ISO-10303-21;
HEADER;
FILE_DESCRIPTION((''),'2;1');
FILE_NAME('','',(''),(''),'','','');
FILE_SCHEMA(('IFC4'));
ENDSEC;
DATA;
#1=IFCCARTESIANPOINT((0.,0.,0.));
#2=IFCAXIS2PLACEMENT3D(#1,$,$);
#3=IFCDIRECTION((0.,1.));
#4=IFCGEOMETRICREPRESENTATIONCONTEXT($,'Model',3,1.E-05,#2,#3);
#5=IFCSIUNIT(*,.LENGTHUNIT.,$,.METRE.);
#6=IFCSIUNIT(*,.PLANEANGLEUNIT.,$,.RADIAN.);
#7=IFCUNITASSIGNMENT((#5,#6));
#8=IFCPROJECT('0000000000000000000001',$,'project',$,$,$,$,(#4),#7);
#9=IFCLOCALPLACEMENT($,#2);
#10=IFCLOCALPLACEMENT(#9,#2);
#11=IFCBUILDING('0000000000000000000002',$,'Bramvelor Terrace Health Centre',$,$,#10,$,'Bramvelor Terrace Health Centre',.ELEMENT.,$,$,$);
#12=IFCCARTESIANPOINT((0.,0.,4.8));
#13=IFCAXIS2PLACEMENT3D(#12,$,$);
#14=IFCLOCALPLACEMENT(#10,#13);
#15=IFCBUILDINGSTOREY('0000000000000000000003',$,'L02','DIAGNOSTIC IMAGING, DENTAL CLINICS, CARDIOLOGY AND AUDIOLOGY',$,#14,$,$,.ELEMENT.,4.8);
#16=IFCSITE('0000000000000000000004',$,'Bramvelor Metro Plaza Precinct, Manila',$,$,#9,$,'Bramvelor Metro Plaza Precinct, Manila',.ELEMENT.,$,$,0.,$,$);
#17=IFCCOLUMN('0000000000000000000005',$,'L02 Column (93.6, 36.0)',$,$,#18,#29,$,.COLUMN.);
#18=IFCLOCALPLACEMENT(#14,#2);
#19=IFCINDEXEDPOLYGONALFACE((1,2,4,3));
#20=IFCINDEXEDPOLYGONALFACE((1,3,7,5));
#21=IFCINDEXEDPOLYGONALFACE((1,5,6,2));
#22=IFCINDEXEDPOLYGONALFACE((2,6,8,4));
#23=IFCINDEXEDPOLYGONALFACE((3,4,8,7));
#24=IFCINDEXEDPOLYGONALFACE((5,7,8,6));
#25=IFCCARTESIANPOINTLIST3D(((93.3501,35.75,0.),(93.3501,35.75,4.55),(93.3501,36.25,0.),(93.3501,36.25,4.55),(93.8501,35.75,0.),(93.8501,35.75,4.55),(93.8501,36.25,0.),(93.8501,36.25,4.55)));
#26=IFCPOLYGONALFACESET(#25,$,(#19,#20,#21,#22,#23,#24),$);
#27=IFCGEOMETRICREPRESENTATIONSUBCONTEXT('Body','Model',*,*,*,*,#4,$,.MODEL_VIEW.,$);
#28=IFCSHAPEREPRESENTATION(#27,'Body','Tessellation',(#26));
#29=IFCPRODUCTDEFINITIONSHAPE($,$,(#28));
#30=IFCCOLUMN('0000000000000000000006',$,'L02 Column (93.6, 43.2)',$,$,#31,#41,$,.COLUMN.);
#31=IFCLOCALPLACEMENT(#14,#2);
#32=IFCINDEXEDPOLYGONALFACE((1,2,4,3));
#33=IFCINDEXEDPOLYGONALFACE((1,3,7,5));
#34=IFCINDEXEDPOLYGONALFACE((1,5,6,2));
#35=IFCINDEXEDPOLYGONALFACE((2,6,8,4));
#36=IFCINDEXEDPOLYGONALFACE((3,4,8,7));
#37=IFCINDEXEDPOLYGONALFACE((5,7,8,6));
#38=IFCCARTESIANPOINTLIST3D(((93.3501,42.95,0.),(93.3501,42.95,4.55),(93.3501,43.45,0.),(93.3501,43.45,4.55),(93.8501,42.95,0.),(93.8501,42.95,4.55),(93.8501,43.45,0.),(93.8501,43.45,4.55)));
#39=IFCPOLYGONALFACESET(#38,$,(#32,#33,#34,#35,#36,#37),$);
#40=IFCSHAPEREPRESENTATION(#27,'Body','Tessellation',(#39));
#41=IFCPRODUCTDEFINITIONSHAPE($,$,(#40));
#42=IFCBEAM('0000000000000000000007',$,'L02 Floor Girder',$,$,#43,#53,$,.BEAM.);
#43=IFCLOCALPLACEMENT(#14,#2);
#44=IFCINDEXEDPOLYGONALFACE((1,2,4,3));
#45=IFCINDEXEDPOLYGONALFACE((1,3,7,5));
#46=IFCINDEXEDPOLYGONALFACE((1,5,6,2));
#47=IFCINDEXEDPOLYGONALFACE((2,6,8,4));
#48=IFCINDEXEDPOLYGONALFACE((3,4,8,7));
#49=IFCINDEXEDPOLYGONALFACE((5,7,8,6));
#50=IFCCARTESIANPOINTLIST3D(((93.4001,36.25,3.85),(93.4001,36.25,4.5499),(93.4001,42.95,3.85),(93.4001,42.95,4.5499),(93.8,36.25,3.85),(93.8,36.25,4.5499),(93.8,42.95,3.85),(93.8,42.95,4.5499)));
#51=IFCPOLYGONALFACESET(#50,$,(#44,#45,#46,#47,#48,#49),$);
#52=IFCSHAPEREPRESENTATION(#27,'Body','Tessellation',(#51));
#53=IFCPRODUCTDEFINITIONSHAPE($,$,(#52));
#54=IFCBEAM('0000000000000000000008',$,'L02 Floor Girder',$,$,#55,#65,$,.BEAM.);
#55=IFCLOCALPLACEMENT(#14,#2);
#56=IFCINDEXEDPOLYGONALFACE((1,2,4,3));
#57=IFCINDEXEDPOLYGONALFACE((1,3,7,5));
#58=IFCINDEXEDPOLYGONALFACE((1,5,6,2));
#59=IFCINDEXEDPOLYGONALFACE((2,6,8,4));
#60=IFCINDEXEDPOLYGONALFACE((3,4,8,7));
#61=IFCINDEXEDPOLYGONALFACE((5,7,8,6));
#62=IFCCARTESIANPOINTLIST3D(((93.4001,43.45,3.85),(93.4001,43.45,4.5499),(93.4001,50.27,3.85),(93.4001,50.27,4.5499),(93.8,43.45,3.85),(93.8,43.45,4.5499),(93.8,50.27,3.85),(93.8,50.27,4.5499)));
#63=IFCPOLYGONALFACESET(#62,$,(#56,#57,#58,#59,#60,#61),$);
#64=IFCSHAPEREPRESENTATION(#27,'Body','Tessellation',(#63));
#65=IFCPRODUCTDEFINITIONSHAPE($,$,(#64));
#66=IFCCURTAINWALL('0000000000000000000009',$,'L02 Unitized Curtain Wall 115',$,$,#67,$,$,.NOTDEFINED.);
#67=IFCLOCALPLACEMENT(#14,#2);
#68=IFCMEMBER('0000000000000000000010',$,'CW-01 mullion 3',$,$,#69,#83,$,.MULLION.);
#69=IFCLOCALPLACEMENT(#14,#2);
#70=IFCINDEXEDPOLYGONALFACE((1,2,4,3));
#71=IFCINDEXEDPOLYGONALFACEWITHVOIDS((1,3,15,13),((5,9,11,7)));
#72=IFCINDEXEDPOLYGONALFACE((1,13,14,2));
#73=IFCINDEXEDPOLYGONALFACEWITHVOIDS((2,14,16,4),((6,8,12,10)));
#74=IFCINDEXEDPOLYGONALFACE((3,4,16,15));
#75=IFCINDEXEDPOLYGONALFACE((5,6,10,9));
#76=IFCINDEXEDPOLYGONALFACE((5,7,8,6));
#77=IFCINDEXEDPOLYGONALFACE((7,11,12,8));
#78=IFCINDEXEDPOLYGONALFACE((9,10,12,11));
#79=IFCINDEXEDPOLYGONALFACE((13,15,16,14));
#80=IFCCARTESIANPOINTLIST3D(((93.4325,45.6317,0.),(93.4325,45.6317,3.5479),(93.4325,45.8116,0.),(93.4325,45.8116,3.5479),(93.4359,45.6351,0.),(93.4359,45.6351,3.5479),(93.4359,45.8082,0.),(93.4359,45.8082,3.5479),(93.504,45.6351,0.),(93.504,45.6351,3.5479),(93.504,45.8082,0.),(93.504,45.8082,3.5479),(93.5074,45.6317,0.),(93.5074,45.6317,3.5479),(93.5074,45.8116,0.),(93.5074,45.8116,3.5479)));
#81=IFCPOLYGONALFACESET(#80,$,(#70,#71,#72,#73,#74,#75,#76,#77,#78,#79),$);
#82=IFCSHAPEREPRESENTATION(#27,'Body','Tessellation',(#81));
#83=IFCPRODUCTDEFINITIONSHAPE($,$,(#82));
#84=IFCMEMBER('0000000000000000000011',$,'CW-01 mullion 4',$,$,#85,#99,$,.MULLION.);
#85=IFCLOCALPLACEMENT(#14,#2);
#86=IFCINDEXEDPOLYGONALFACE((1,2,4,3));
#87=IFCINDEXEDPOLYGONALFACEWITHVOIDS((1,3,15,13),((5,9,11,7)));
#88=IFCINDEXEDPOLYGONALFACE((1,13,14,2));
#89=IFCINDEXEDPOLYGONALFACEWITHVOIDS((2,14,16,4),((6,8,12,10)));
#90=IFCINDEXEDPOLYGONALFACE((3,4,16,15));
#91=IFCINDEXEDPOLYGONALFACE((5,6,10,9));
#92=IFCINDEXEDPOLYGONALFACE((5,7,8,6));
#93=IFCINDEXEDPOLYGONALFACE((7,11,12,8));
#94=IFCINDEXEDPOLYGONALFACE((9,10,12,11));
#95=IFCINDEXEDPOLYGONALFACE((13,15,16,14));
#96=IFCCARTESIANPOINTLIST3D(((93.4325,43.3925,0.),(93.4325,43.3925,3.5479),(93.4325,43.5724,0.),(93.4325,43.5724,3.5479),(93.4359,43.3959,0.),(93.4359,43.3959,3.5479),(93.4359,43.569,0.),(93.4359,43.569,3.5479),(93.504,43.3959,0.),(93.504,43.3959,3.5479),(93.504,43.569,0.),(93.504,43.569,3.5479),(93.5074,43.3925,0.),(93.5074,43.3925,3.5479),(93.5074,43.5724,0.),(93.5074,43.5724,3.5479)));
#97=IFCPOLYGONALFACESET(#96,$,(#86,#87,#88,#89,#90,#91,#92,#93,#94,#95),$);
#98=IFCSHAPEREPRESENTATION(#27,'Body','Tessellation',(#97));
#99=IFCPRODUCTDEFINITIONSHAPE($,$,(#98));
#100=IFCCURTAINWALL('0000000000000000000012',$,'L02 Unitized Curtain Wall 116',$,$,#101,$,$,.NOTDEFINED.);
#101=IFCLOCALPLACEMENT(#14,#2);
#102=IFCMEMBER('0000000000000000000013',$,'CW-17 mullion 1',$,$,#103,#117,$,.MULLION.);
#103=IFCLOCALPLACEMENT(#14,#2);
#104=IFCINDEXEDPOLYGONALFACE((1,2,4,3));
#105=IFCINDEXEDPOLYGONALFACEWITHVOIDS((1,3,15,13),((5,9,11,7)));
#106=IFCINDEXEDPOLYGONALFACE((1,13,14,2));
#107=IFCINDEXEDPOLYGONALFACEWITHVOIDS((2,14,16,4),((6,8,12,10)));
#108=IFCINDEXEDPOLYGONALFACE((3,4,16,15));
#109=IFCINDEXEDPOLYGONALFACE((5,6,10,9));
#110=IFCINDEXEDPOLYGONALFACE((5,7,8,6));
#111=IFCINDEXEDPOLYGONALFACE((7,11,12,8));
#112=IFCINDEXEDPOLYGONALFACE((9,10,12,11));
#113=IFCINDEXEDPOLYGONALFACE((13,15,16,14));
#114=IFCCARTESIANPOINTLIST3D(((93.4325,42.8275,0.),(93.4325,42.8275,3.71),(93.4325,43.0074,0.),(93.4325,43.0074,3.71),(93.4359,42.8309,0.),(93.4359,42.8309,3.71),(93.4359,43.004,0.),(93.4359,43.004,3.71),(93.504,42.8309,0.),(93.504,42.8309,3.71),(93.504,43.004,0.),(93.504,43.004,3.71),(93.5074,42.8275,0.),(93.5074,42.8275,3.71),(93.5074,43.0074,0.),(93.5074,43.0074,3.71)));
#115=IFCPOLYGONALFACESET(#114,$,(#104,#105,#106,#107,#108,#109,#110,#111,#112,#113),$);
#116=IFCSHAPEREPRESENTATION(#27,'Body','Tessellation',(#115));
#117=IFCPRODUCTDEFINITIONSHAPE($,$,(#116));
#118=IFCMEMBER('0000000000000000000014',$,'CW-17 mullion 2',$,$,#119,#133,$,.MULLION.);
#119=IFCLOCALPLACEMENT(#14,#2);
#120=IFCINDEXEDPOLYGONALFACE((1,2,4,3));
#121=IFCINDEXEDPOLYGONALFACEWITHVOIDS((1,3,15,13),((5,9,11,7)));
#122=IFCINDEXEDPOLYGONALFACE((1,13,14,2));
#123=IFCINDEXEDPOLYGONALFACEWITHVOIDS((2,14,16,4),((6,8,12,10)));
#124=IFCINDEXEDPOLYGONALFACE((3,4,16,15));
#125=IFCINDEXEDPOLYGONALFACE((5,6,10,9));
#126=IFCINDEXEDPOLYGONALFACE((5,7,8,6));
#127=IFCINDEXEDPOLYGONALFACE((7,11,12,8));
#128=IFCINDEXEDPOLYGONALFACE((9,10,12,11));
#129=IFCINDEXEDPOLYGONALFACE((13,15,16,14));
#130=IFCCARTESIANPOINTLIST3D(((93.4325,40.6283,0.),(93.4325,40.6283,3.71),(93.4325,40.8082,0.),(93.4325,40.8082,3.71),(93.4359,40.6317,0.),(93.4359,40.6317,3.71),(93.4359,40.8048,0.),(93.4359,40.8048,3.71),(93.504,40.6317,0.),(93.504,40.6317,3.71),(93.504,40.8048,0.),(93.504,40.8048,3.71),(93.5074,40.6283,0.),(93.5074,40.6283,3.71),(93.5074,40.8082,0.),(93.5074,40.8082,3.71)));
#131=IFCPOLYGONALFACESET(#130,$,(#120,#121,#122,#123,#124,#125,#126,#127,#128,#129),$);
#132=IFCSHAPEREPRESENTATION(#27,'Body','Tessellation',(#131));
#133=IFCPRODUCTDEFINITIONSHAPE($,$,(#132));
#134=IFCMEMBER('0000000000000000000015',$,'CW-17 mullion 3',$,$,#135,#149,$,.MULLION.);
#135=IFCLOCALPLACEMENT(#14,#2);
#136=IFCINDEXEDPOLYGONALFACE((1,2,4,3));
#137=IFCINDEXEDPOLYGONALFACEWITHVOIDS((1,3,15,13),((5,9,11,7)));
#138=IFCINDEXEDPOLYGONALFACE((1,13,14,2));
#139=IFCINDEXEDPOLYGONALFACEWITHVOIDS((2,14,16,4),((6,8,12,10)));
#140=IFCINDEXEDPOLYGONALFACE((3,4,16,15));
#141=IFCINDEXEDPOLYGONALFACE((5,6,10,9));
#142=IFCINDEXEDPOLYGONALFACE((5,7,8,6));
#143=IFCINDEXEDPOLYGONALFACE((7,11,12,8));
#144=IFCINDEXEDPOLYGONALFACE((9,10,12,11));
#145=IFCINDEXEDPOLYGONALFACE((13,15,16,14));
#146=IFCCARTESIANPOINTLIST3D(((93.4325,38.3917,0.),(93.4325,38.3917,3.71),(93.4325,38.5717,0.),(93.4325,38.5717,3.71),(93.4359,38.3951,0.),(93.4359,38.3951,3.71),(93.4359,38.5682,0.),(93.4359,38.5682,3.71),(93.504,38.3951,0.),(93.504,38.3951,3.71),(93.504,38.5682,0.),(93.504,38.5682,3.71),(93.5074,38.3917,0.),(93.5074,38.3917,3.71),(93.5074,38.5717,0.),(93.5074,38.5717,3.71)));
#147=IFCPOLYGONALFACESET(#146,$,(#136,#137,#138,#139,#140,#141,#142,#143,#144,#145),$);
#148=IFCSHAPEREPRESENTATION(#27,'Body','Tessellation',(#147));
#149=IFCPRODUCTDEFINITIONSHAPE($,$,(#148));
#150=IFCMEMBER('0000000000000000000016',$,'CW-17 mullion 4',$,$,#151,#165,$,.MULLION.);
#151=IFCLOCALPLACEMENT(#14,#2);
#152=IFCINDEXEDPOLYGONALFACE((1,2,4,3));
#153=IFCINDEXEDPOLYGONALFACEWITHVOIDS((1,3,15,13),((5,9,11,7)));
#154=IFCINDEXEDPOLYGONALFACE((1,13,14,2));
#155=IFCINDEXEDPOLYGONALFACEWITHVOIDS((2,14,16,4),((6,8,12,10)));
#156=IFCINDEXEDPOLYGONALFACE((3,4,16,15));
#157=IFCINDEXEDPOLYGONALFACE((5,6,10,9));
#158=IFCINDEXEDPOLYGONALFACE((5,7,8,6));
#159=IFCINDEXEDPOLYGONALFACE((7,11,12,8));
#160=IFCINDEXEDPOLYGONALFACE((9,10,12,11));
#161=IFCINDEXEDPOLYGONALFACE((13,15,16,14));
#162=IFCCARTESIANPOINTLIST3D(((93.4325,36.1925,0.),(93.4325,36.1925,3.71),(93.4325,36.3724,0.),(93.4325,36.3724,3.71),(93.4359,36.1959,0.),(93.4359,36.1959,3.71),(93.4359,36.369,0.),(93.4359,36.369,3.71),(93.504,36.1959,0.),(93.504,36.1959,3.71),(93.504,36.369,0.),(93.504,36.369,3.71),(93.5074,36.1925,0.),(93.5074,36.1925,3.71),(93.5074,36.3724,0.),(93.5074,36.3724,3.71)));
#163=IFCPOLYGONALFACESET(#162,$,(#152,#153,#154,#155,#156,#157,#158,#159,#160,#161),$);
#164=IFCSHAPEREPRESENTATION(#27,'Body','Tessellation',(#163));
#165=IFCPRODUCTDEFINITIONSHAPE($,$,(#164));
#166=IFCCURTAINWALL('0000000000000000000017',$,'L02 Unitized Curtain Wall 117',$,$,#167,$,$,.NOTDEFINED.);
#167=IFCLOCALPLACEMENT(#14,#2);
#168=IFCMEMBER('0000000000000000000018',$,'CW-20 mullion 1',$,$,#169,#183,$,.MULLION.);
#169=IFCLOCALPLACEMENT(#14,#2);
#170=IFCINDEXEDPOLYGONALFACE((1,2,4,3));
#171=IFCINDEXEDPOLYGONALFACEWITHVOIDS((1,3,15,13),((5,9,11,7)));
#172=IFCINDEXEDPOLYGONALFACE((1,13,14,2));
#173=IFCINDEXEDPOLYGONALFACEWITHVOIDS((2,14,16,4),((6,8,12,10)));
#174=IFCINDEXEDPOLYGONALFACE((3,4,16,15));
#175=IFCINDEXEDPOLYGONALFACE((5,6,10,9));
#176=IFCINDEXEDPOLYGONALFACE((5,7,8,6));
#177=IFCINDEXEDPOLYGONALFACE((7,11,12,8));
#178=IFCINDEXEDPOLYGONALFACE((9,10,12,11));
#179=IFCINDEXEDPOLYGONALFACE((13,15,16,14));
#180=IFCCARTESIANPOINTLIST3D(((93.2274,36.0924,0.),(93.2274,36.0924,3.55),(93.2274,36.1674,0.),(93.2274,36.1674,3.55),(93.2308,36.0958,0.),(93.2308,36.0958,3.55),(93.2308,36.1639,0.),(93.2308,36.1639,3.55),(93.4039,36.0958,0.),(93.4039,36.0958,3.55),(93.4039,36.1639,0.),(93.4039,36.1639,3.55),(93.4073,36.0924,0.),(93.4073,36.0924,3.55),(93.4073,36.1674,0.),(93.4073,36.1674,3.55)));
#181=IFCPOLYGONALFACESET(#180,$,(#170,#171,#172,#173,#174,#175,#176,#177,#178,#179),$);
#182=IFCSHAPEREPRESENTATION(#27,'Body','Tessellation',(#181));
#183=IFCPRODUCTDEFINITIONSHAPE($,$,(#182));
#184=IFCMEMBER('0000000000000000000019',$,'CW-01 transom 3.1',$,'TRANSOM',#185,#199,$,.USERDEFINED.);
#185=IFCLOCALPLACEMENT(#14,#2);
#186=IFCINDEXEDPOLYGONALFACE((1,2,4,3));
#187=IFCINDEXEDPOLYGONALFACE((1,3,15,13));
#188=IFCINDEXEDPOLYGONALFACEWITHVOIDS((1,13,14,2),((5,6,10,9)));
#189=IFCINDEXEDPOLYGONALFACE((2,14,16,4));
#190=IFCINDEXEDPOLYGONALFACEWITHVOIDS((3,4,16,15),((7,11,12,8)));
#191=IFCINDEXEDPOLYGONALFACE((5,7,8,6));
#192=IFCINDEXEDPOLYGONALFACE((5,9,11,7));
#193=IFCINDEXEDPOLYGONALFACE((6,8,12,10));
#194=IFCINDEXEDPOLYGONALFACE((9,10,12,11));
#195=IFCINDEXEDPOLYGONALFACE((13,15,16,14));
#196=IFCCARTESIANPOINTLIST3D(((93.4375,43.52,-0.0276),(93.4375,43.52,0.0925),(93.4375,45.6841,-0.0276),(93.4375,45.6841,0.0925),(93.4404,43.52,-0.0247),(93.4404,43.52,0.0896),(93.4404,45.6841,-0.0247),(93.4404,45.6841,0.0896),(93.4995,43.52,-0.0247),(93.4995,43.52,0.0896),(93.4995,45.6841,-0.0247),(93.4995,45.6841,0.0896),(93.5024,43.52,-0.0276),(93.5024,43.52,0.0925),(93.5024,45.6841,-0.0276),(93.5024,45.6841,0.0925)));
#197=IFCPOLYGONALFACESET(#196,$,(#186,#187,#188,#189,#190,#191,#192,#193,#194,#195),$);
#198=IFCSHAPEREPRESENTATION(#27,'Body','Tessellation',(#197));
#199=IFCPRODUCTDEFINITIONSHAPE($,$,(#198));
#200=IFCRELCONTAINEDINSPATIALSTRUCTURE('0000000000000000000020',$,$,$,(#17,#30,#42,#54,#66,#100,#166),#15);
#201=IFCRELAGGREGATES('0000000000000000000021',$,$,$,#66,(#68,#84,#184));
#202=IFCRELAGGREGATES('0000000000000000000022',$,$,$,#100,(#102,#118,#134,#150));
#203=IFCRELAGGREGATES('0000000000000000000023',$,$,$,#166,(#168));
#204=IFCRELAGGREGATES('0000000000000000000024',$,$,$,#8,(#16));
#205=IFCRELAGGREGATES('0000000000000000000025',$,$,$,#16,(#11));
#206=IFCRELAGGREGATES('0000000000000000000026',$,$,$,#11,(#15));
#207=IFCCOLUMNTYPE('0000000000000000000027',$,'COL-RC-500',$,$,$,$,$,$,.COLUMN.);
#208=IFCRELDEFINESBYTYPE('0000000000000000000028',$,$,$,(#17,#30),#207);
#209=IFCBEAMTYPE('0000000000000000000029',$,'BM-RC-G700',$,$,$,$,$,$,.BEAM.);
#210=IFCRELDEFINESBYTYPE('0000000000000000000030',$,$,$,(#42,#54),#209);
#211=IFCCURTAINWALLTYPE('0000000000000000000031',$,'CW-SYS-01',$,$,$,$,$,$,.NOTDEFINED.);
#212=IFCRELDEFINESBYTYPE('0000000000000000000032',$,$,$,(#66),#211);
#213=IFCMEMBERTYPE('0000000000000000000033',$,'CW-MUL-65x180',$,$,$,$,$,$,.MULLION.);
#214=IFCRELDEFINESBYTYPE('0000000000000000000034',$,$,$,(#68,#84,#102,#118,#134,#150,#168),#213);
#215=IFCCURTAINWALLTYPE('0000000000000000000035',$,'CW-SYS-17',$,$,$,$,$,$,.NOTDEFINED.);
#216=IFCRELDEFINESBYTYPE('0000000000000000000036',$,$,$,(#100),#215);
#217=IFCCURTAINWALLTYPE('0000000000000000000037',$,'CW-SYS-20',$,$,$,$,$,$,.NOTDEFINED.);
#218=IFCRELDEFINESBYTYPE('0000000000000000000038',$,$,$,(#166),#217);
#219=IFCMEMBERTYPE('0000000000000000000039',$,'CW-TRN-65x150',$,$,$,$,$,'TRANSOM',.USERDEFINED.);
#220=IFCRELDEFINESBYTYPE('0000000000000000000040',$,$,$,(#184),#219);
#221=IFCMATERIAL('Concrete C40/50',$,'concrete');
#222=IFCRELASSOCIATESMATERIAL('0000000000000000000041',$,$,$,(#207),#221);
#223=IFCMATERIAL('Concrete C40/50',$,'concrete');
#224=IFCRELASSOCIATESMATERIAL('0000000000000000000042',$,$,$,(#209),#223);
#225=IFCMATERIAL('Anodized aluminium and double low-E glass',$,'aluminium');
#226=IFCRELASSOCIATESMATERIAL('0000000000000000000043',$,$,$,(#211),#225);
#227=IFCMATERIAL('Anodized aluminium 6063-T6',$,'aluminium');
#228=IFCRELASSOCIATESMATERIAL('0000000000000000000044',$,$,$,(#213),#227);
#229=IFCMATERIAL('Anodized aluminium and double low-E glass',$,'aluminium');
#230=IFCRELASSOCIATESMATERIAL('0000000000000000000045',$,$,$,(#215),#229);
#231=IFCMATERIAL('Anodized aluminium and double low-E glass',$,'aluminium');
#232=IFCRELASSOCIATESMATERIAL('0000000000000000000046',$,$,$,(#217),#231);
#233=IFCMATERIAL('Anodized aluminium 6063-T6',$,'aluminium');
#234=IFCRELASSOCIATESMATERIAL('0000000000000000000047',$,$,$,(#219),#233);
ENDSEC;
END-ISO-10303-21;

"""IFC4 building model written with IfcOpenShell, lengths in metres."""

from ifc_helpers import new_model, si_unit, direction, frame, origin, origin_2d, place, context, subcontext, project, spatial, rectangle, hollow_rectangle, extrude, material, material_profile, profile_set, type_object, element, aggregate, save


model = new_model("IFC4")

# Units and contexts
model_context = context("Model", 3, precision=1e-05, world=origin(), true_north=direction((0.0, 1.0)))
body_context = subcontext(model_context, "Body", "Model", "MODEL_VIEW")
ifc_project = project(units=[si_unit("LENGTHUNIT", "METRE"), si_unit("PLANEANGLEUNIT", "RADIAN")], contexts=[model_context])

# Site, building, storey
site_placement = place(None, origin())
site = spatial("IfcSite", under=ifc_project, at=site_placement, Name="Bramvelor Metro Plaza Precinct, Manila", LongName="Bramvelor Metro Plaza Precinct, Manila", CompositionType="ELEMENT", RefElevation=0.0)
building_placement = place(site_placement, origin())
building = spatial("IfcBuilding", under=site, at=building_placement, Name="Bramvelor Terrace Health Centre", LongName="Bramvelor Terrace Health Centre", CompositionType="ELEMENT")
storey_placement = place(building_placement, frame((0.0, 0.0, 4.8)))
storey = spatial("IfcBuildingStorey", under=building, at=storey_placement, Name="L02", Description="DIAGNOSTIC IMAGING, DENTAL CLINICS, CARDIOLOGY AND AUDIOLOGY", CompositionType="ELEMENT", Elevation=4.8)

# Columns
ifc_material_1 = material(Name="Concrete C40/50", Category="concrete")
ifc_material_profile_1 = material_profile(ifc_material_1, rectangle(XDim=0.5, YDim=0.5, at=origin_2d()), Name="RC 500x500")
ifc_profile_set_1 = profile_set([ifc_material_profile_1], Name="Concrete C40/50")
column_type = type_object("IfcColumnType", Name="COL-RC-500", PredefinedType="COLUMN", material=ifc_profile_set_1)
for number, where, z_axis, x_axis, name in (
    (1, (93.6001, 36.0, 0.0), (0.0, 0.0, 1.0), (1.0, 0.0, 0.0), "L02 Column (93.6, 36.0)"),
    (2, (93.6001, 43.2, 0.0), (0.0, 0.0, 1.0), (1.0, 0.0, 0.0), "L02 Column (93.6, 43.2)"),
):
    element("IfcColumn", number, at=place(storey_placement, frame(where, z_axis=z_axis, x_axis=x_axis)), inside=storey, type_object=column_type, Name=name, PredefinedType="COLUMN", context=body_context, shape_type="SweptSolid", body=[
        extrude(rectangle(XDim=0.5, YDim=0.5, at=origin_2d()), origin(), (0.0, 0.0, 1.0), 4.55),
    ])

# Beams
ifc_material_2 = material(Name="Concrete C40/50", Category="concrete")
ifc_material_profile_2 = material_profile(ifc_material_2, rectangle(XDim=0.3999, YDim=0.7, at=origin_2d()), Name="RC 400x700")
ifc_profile_set_2 = profile_set([ifc_material_profile_2], Name="Concrete C40/50")
beam_type = type_object("IfcBeamType", Name="BM-RC-G700", PredefinedType="BEAM", material=ifc_profile_set_2)
beam_1_placement = place(storey_placement, frame((93.6001, 36.25, 4.2), z_axis=(0.0, 1.0, 0.0), x_axis=(-1.0, 0.0, 0.0)))
element("IfcBeam", 3, at=beam_1_placement, inside=storey, type_object=beam_type, Name="L02 Floor Girder", PredefinedType="BEAM", context=body_context, shape_type="SweptSolid", body=[
    extrude(rectangle(XDim=0.3999, YDim=0.7, at=origin_2d()), origin(), (0.0, 0.0, 1.0), 6.7),
])
beam_2_placement = place(storey_placement, frame((93.6001, 43.45, 4.2), z_axis=(0.0, 1.0, 0.0), x_axis=(-1.0, 0.0, 0.0)))
element("IfcBeam", 4, at=beam_2_placement, inside=storey, type_object=beam_type, Name="L02 Floor Girder", PredefinedType="BEAM", context=body_context, shape_type="SweptSolid", body=[
    extrude(rectangle(XDim=0.3999, YDim=0.7, at=origin_2d()), origin(), (0.0, 0.0, 1.0), 6.8201),
])

# Curtain walls, members
ifc_material_3 = material(Name="Anodized aluminium and double low-E glass", Category="aluminium")
curtain_wall_type_1 = type_object("IfcCurtainWallType", Name="CW-SYS-01", PredefinedType="NOTDEFINED", material=ifc_material_3)
curtain_wall_1_placement = place(storey_placement, origin())
curtain_wall_1 = element("IfcCurtainWall", 5, at=curtain_wall_1_placement, inside=storey, type_object=curtain_wall_type_1, Name="L02 Unitized Curtain Wall 115", PredefinedType="NOTDEFINED")
ifc_material_4 = material(Name="Anodized aluminium 6063-T6", Category="aluminium")
ifc_material_profile_3 = material_profile(ifc_material_4, hollow_rectangle(XDim=0.075, YDim=0.1799, WallThickness=0.0034, at=origin_2d()), Name="ALU-MUL 75x180x3.5")
ifc_profile_set_3 = profile_set([ifc_material_profile_3], Name="Anodized aluminium 6063-T6")
member_type_1 = type_object("IfcMemberType", Name="CW-MUL-65x180", PredefinedType="MULLION", material=ifc_profile_set_3)
member_1_placement = place(storey_placement, frame((93.47, 45.7217, 0.0), z_axis=(0.0, 0.0, 1.0), x_axis=(1.0, 0.0, 0.0)))
member_1 = element("IfcMember", 6, at=member_1_placement, type_object=member_type_1, Name="CW-01 mullion 3", PredefinedType="MULLION", context=body_context, shape_type="SweptSolid", body=[
    extrude(hollow_rectangle(XDim=0.075, YDim=0.1799, WallThickness=0.0034, at=origin_2d()), origin(), (0.0, 0.0, 1.0), 3.5479),
])
member_2_placement = place(storey_placement, frame((93.47, 43.4824, 0.0), z_axis=(0.0, 0.0, 1.0), x_axis=(1.0, 0.0, 0.0)))
member_2 = element("IfcMember", 7, at=member_2_placement, type_object=member_type_1, Name="CW-01 mullion 4", PredefinedType="MULLION", context=body_context, shape_type="SweptSolid", body=[
    extrude(hollow_rectangle(XDim=0.075, YDim=0.1799, WallThickness=0.0034, at=origin_2d()), origin(), (0.0, 0.0, 1.0), 3.5479),
])
ifc_material_5 = material(Name="Anodized aluminium and double low-E glass", Category="aluminium")
curtain_wall_type_2 = type_object("IfcCurtainWallType", Name="CW-SYS-17", PredefinedType="NOTDEFINED", material=ifc_material_5)
curtain_wall_2_placement = place(storey_placement, origin())
curtain_wall_2 = element("IfcCurtainWall", 8, at=curtain_wall_2_placement, inside=storey, type_object=curtain_wall_type_2, Name="L02 Unitized Curtain Wall 116", PredefinedType="NOTDEFINED")
member_3_placement = place(storey_placement, frame((93.47, 42.9175, 0.0), z_axis=(0.0, 0.0, 1.0), x_axis=(1.0, 0.0, 0.0)))
member_3 = element("IfcMember", 9, at=member_3_placement, type_object=member_type_1, Name="CW-17 mullion 1", PredefinedType="MULLION", context=body_context, shape_type="SweptSolid", body=[
    extrude(hollow_rectangle(XDim=0.075, YDim=0.1799, WallThickness=0.0034, at=origin_2d()), origin(), (0.0, 0.0, 1.0), 3.71),
])
member_4_placement = place(storey_placement, frame((93.47, 40.7183, 0.0), z_axis=(0.0, 0.0, 1.0), x_axis=(1.0, 0.0, 0.0)))
member_4 = element("IfcMember", 10, at=member_4_placement, type_object=member_type_1, Name="CW-17 mullion 2", PredefinedType="MULLION", context=body_context, shape_type="SweptSolid", body=[
    extrude(hollow_rectangle(XDim=0.075, YDim=0.1799, WallThickness=0.0034, at=origin_2d()), origin(), (0.0, 0.0, 1.0), 3.71),
])
member_5_placement = place(storey_placement, frame((93.47, 38.4817, 0.0), z_axis=(0.0, 0.0, 1.0), x_axis=(1.0, 0.0, 0.0)))
member_5 = element("IfcMember", 11, at=member_5_placement, type_object=member_type_1, Name="CW-17 mullion 3", PredefinedType="MULLION", context=body_context, shape_type="SweptSolid", body=[
    extrude(hollow_rectangle(XDim=0.075, YDim=0.1799, WallThickness=0.0034, at=origin_2d()), origin(), (0.0, 0.0, 1.0), 3.71),
])
member_6_placement = place(storey_placement, frame((93.47, 36.2825, 0.0), z_axis=(0.0, 0.0, 1.0), x_axis=(1.0, 0.0, 0.0)))
member_6 = element("IfcMember", 12, at=member_6_placement, type_object=member_type_1, Name="CW-17 mullion 4", PredefinedType="MULLION", context=body_context, shape_type="SweptSolid", body=[
    extrude(hollow_rectangle(XDim=0.075, YDim=0.1799, WallThickness=0.0034, at=origin_2d()), origin(), (0.0, 0.0, 1.0), 3.71),
])

# Curtain wall, member
ifc_material_6 = material(Name="Anodized aluminium and double low-E glass", Category="aluminium")
curtain_wall_type_3 = type_object("IfcCurtainWallType", Name="CW-SYS-20", PredefinedType="NOTDEFINED", material=ifc_material_6)
curtain_wall_3_placement = place(storey_placement, origin())
curtain_wall_3 = element("IfcCurtainWall", 13, at=curtain_wall_3_placement, inside=storey, type_object=curtain_wall_type_3, Name="L02 Unitized Curtain Wall 117", PredefinedType="NOTDEFINED")
member_7_placement = place(storey_placement, frame((93.3174, 36.1299, 0.0), z_axis=(0.0, 0.0, 1.0), x_axis=(0.0, -1.0, 0.0)))
member_7 = element("IfcMember", 14, at=member_7_placement, type_object=member_type_1, Name="CW-20 mullion 1", PredefinedType="MULLION", context=body_context, shape_type="SweptSolid", body=[
    extrude(hollow_rectangle(XDim=0.075, YDim=0.1799, WallThickness=0.0034, at=origin_2d()), origin(), (0.0, 0.0, 1.0), 3.55),
])

# Member
ifc_material_7 = material(Name="Anodized aluminium 6063-T6", Category="aluminium")
ifc_material_profile_4 = material_profile(ifc_material_7, hollow_rectangle(XDim=0.0649, YDim=0.1201, WallThickness=0.0029, at=origin_2d()), Name="ALU-TRN 65x120x3.0")
ifc_profile_set_4 = profile_set([ifc_material_profile_4], Name="Anodized aluminium 6063-T6")
member_type_2 = type_object("IfcMemberType", Name="CW-TRN-65x150", ElementType="TRANSOM", PredefinedType="USERDEFINED", material=ifc_profile_set_4)
member_8_placement = place(storey_placement, frame((93.47, 45.6841, 0.0325), z_axis=(0.0, -1.0, 0.0), x_axis=(1.0, 0.0, 0.0)))
member_8 = element("IfcMember", 15, at=member_8_placement, type_object=member_type_2, Name="CW-01 transom 3.1", ObjectType="TRANSOM", PredefinedType="USERDEFINED", context=body_context, shape_type="SweptSolid", body=[
    extrude(hollow_rectangle(XDim=0.0649, YDim=0.1201, WallThickness=0.0029, at=origin_2d()), origin(), (0.0, 0.0, 1.0), 2.1641),
])

aggregate(curtain_wall_1, [member_1, member_2, member_8])
aggregate(curtain_wall_2, [member_3, member_4, member_5, member_6])
aggregate(curtain_wall_3, [member_7])

save(model, "model.ifc")
